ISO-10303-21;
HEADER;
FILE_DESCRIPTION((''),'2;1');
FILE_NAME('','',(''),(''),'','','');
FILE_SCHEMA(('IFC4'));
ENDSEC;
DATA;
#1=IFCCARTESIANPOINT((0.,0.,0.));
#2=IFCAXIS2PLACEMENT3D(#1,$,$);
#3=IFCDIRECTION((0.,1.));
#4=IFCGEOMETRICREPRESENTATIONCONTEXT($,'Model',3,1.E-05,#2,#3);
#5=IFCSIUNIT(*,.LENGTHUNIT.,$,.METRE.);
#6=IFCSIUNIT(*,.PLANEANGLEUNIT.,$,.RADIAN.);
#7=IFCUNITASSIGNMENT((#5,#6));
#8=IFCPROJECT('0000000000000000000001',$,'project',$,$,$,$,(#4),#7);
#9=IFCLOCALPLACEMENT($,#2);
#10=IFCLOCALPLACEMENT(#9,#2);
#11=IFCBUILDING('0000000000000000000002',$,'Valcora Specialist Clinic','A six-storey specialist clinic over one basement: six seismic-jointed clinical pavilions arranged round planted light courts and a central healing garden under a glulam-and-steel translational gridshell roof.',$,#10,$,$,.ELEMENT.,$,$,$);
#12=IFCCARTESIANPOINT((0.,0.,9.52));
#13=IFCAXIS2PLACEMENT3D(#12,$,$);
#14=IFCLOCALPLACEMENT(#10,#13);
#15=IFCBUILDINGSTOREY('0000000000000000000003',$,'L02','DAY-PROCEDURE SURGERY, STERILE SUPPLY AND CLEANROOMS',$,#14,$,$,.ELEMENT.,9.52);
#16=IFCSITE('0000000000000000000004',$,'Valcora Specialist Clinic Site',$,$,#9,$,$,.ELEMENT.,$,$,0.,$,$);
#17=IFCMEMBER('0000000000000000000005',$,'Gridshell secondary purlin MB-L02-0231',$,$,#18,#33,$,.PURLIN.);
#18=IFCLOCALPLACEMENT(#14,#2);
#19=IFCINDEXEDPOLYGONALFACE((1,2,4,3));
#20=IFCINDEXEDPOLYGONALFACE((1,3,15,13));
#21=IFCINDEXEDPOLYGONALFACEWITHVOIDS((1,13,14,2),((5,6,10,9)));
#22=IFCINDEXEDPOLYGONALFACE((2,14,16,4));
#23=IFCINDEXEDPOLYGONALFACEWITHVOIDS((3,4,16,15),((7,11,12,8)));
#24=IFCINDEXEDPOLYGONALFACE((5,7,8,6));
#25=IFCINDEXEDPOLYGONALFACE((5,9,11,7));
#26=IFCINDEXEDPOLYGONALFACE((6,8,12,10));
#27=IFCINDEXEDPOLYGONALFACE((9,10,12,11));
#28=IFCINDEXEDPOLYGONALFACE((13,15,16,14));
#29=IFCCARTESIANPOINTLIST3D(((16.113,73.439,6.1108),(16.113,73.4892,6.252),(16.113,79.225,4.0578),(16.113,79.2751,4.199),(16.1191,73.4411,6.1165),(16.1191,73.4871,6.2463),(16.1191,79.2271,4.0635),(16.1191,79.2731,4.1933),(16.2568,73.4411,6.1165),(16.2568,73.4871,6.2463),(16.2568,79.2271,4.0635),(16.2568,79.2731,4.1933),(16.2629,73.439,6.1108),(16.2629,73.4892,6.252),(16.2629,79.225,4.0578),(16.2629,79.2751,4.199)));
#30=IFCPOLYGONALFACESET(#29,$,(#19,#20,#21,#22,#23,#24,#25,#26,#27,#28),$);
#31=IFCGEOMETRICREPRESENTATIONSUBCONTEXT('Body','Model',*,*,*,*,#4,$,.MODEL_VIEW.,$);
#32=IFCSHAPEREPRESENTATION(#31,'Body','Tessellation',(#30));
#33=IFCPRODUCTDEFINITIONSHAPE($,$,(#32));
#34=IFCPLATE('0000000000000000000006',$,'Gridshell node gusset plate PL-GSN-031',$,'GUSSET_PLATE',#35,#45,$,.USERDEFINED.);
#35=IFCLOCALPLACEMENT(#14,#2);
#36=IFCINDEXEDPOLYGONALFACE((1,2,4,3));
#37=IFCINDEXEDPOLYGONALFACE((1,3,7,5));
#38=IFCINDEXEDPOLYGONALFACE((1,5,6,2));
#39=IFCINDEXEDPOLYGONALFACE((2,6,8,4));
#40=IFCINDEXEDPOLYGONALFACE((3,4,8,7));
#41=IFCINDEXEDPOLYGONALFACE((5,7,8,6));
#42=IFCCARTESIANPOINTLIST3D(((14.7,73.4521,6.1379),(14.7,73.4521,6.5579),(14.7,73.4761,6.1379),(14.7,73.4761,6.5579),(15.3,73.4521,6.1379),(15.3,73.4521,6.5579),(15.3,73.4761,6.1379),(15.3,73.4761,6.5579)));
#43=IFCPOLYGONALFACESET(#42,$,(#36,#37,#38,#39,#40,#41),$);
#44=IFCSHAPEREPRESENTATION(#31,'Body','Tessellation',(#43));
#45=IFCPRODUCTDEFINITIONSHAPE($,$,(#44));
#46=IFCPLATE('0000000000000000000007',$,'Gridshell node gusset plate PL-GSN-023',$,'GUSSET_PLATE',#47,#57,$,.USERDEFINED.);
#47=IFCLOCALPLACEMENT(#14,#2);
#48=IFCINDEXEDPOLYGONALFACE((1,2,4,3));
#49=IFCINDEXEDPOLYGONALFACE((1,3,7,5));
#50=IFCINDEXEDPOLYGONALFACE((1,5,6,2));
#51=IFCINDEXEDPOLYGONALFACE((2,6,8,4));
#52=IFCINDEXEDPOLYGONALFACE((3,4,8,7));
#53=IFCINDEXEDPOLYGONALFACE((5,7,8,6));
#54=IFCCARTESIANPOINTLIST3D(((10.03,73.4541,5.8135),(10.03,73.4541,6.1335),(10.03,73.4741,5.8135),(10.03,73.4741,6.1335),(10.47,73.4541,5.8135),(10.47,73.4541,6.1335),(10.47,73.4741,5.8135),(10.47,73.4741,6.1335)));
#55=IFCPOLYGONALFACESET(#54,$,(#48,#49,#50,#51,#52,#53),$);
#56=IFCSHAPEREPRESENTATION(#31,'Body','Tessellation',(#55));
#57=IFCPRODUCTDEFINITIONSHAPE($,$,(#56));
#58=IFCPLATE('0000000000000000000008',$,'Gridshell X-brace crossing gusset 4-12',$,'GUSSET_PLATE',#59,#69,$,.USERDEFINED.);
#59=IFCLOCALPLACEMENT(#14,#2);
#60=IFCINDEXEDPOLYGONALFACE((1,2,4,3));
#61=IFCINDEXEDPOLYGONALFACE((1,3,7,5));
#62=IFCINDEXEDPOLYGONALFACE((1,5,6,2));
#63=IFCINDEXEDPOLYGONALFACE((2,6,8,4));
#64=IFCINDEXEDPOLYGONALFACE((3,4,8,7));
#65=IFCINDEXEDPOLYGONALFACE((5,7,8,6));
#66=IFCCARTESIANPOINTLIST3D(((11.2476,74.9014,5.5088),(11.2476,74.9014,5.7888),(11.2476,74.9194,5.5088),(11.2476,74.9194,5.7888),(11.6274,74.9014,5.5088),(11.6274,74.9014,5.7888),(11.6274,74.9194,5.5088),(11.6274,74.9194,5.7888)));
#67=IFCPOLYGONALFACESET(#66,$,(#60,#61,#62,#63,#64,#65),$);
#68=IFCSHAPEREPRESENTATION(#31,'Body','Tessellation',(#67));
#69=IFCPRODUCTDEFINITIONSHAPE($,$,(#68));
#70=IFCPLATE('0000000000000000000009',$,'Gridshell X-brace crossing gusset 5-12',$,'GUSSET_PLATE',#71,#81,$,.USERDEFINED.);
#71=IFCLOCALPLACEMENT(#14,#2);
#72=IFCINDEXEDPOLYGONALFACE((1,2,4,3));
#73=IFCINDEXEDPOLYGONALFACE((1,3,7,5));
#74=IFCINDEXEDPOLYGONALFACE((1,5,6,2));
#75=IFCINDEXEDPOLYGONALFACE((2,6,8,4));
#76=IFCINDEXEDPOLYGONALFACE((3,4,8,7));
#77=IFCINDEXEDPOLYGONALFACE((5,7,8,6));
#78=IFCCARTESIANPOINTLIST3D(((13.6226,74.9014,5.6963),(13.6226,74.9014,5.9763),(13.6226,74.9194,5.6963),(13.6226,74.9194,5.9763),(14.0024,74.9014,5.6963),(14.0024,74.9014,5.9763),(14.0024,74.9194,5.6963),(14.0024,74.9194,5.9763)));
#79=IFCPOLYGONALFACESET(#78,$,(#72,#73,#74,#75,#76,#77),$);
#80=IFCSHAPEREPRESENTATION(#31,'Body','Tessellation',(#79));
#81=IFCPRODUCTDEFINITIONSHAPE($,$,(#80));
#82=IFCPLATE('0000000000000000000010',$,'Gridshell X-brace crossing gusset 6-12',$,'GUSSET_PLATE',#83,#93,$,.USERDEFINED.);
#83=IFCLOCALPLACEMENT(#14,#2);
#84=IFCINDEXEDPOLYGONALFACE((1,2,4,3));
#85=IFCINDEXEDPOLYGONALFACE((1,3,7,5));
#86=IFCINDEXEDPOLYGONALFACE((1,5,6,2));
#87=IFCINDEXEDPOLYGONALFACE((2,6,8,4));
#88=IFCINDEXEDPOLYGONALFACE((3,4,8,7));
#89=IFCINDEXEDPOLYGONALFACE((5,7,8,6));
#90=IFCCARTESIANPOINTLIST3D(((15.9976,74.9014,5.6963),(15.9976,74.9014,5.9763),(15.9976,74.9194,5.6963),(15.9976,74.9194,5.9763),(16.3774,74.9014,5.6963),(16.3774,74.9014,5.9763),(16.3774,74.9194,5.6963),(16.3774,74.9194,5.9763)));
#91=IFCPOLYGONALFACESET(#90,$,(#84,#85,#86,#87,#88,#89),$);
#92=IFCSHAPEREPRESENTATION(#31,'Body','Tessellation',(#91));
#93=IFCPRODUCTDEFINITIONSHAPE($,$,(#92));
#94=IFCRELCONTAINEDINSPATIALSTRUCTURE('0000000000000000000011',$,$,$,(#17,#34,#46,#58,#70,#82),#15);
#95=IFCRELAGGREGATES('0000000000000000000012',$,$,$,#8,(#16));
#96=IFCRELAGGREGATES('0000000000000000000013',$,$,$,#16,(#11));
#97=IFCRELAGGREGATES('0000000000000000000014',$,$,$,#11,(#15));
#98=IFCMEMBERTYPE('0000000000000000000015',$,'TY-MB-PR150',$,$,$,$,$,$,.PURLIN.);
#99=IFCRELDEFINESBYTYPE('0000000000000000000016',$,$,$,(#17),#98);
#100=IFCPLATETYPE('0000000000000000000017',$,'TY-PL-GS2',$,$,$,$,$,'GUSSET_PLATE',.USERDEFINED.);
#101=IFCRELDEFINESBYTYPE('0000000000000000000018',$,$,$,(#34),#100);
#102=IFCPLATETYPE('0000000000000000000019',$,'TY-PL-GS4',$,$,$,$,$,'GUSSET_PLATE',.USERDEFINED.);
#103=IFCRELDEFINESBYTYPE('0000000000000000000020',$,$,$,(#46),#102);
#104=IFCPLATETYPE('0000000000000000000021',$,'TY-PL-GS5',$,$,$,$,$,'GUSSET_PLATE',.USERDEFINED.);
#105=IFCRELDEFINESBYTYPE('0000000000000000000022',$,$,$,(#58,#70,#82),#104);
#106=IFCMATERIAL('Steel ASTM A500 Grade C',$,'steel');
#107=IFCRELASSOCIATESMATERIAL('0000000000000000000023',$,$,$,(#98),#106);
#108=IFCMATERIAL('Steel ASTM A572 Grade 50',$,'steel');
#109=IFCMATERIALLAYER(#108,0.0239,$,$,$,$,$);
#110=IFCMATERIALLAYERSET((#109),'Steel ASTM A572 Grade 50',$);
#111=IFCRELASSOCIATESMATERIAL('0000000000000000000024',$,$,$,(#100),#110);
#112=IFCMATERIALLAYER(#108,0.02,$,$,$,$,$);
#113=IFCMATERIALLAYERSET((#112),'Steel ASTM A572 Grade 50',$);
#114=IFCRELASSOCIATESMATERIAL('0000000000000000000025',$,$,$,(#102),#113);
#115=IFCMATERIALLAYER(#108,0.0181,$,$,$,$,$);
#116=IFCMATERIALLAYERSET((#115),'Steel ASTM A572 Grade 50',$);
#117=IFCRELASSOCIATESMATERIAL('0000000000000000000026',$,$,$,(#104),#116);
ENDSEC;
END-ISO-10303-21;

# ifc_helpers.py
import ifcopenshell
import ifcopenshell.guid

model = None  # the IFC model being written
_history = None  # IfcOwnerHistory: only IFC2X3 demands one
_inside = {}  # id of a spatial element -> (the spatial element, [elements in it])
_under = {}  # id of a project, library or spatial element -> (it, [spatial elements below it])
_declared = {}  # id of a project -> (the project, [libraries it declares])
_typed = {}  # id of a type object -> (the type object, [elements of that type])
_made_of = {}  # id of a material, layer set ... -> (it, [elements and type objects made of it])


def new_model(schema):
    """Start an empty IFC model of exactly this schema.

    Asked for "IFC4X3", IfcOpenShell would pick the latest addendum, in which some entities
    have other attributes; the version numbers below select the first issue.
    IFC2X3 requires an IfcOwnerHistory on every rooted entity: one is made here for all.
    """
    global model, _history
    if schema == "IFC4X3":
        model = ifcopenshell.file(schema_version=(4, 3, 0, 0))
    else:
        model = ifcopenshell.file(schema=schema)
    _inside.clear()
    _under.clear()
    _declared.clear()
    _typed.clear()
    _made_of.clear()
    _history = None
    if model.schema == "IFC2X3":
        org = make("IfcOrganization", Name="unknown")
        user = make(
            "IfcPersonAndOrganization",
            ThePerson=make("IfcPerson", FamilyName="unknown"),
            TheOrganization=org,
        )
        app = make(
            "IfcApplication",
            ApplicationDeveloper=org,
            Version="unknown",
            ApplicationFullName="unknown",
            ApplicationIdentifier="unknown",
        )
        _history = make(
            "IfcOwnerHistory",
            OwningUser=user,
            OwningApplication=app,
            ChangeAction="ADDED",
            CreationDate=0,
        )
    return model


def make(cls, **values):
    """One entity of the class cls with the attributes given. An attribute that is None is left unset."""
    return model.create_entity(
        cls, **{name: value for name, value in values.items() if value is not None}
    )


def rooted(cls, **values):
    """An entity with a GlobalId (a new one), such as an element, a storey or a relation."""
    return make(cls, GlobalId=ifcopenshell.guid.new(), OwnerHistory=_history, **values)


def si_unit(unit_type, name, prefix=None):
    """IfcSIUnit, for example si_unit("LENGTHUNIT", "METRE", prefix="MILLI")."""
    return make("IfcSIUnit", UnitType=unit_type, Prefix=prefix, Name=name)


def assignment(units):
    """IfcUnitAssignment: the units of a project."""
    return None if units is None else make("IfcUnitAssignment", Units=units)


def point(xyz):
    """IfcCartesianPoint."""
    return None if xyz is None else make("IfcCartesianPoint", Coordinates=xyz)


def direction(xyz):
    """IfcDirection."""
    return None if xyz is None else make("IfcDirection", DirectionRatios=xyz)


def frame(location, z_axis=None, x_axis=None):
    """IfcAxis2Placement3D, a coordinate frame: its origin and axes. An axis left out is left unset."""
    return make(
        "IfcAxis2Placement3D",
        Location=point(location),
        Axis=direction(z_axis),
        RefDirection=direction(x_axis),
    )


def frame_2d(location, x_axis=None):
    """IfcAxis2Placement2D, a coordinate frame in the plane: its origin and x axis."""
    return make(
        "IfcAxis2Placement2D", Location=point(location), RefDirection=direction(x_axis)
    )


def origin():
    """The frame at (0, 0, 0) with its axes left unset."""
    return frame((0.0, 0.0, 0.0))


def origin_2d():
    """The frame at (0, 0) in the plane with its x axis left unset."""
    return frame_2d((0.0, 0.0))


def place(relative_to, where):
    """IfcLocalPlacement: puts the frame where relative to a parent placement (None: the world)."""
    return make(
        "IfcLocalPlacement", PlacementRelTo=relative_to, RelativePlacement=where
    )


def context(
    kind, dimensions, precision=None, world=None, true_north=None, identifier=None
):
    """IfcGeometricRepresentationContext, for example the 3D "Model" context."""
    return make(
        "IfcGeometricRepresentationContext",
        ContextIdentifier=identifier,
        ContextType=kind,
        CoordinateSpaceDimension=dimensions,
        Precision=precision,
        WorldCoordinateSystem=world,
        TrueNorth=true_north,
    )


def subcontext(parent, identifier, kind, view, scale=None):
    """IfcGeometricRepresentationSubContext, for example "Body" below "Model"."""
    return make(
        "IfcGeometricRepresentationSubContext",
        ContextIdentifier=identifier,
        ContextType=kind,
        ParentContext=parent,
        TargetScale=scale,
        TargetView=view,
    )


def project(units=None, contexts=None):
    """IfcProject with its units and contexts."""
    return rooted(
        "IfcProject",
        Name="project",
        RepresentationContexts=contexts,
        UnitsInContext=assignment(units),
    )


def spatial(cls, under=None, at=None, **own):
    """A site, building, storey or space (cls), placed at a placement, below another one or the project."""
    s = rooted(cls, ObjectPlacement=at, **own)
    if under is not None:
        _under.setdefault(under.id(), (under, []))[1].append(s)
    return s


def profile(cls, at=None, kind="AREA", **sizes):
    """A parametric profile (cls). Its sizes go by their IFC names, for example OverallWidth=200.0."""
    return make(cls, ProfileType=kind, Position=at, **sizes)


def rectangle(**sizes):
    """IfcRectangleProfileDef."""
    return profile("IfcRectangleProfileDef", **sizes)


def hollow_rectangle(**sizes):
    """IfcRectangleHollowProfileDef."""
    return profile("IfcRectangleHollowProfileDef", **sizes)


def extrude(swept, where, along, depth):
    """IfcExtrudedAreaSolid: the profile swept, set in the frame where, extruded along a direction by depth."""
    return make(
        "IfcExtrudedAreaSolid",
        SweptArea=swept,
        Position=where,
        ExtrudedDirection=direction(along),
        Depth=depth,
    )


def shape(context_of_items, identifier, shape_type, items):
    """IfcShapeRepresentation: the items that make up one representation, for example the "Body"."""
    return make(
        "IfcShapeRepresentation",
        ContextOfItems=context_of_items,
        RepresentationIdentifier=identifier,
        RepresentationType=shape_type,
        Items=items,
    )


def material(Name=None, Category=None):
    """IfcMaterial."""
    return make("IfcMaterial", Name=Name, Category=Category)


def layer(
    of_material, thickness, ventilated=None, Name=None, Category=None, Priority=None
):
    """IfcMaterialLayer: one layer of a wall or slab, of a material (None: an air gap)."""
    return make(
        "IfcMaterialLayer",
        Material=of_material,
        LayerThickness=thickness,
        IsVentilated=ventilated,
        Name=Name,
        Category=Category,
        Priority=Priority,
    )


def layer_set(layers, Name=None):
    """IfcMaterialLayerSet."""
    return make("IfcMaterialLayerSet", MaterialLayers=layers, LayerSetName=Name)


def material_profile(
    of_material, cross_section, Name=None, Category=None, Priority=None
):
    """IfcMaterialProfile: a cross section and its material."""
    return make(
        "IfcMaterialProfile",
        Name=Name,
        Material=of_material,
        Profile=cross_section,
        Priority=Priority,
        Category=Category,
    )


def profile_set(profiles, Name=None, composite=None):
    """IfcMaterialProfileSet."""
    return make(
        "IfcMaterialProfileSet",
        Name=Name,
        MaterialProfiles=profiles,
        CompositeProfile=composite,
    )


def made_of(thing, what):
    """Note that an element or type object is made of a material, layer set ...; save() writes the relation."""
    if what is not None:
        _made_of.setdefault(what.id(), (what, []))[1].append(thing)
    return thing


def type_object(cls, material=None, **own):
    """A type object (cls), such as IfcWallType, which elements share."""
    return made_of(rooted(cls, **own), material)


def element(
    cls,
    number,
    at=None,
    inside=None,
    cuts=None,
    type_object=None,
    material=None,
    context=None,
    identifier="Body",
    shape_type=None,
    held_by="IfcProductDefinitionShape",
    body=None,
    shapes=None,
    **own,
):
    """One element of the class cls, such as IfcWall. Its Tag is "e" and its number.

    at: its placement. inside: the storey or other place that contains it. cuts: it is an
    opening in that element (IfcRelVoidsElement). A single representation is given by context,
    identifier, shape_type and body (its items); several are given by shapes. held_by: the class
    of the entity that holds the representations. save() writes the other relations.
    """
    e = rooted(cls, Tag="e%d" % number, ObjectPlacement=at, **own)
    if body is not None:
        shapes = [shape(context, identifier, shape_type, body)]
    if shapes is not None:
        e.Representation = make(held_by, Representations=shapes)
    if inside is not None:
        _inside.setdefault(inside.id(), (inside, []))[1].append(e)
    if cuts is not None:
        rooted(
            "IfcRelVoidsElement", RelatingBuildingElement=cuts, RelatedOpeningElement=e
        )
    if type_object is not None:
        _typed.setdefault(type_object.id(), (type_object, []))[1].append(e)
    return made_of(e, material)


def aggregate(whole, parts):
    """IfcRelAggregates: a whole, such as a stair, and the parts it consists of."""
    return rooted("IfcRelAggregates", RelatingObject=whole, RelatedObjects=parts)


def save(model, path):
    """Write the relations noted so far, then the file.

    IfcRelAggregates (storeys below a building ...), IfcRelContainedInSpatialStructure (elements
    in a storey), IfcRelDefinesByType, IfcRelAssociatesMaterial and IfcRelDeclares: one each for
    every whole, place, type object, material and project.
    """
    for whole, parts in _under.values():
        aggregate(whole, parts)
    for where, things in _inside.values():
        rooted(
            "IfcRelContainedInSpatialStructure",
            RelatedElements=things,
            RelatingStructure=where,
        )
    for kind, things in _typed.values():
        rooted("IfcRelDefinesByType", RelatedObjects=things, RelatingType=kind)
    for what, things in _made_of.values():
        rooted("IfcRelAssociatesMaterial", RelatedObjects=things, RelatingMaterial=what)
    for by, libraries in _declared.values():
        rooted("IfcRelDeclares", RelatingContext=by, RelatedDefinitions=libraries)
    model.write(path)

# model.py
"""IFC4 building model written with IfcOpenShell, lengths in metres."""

from ifc_helpers import new_model, si_unit, direction, frame, origin, origin_2d, place, context, subcontext, project, spatial, rectangle, hollow_rectangle, extrude, material, layer, layer_set, material_profile, profile_set, type_object, element, save


model = new_model("IFC4")

# Units and contexts
model_context = context("Model", 3, precision=1e-05, world=origin(), true_north=direction((0.0, 1.0)))
body_context = subcontext(model_context, "Body", "Model", "MODEL_VIEW")
ifc_project = project(units=[si_unit("LENGTHUNIT", "METRE"), si_unit("PLANEANGLEUNIT", "RADIAN")], contexts=[model_context])

# Site, building, storey
site_placement = place(None, origin())
site = spatial("IfcSite", under=ifc_project, at=site_placement, Name="Valcora Specialist Clinic Site", CompositionType="ELEMENT", RefElevation=0.0)
building_placement = place(site_placement, origin())
building = spatial("IfcBuilding", under=site, at=building_placement, Name="Valcora Specialist Clinic", Description="A six-storey specialist clinic over one basement: six seismic-jointed clinical pavilions arranged round planted light courts and a central healing garden under a glulam-and-steel translational gridshell roof.", CompositionType="ELEMENT")
storey_placement = place(building_placement, frame((0.0, 0.0, 9.52)))
storey = spatial("IfcBuildingStorey", under=building, at=storey_placement, Name="L02", Description="DAY-PROCEDURE SURGERY, STERILE SUPPLY AND CLEANROOMS", CompositionType="ELEMENT", Elevation=9.52)

# Member
ifc_material_1 = material(Name="Steel ASTM A500 Grade C", Category="steel")
ifc_material_profile_1 = material_profile(ifc_material_1, hollow_rectangle(XDim=0.1499, YDim=0.1499, WallThickness=0.0061, at=origin_2d()), Name="ST-RHS-150X150X6")
ifc_profile_set_1 = profile_set([ifc_material_profile_1], Name="Steel ASTM A500 Grade C")
member_type_1 = type_object("IfcMemberType", Name="TY-MB-PR150", PredefinedType="PURLIN", material=ifc_profile_set_1)
for number, where, z_axis, x_axis, name in (
    (1, (16.188, 73.4641, 6.1814), (0.0, 0.942432, -0.334398), (-1.0, 0.0, 0.0), "Gridshell secondary purlin MB-L02-0231"),
):
    element("IfcMember", number, at=place(storey_placement, frame(where, z_axis=z_axis, x_axis=x_axis)), inside=storey, type_object=member_type_1, Name=name, PredefinedType="PURLIN", context=body_context, shape_type="SweptSolid", body=[
        extrude(hollow_rectangle(XDim=0.1499, YDim=0.1499, WallThickness=0.0061, at=origin_2d()), origin(), (0.0, 0.0, 1.0), 6.1394),
    ])

# Plates
ifc_material_2 = material(Name="Steel ASTM A572 Grade 50", Category="steel")
ifc_layer_1 = layer(ifc_material_2, 0.0239)
ifc_layer_set_1 = layer_set([ifc_layer_1], Name="Steel ASTM A572 Grade 50")
plate_type_1 = type_object("IfcPlateType", Name="TY-PL-GS2", ElementType="GUSSET_PLATE", PredefinedType="USERDEFINED", material=ifc_layer_set_1)
plate_1_placement = place(storey_placement, frame((15.0, 73.4641, 6.1379), z_axis=(0.0, 0.0, 1.0), x_axis=(1.0, 0.0, 0.0)))
element("IfcPlate", 2, at=plate_1_placement, inside=storey, type_object=plate_type_1, Name="Gridshell node gusset plate PL-GSN-031", ObjectType="GUSSET_PLATE", PredefinedType="USERDEFINED", context=body_context, shape_type="SweptSolid", body=[
    extrude(rectangle(XDim=0.6001, YDim=0.0239, at=origin_2d()), origin(), (0.0, 0.0, 1.0), 0.4199),
])
ifc_layer_2 = layer(ifc_material_2, 0.02)
ifc_layer_set_2 = layer_set([ifc_layer_2], Name="Steel ASTM A572 Grade 50")
plate_type_2 = type_object("IfcPlateType", Name="TY-PL-GS4", ElementType="GUSSET_PLATE", PredefinedType="USERDEFINED", material=ifc_layer_set_2)
plate_2_placement = place(storey_placement, frame((10.25, 73.4641, 5.8135), z_axis=(0.0, 0.0, 1.0), x_axis=(1.0, 0.0, 0.0)))
element("IfcPlate", 3, at=plate_2_placement, inside=storey, type_object=plate_type_2, Name="Gridshell node gusset plate PL-GSN-023", ObjectType="GUSSET_PLATE", PredefinedType="USERDEFINED", context=body_context, shape_type="SweptSolid", body=[
    extrude(rectangle(XDim=0.4399, YDim=0.02, at=origin_2d()), origin(), (0.0, 0.0, 1.0), 0.3201),
])
ifc_layer_3 = layer(ifc_material_2, 0.0181)
ifc_layer_set_3 = layer_set([ifc_layer_3], Name="Steel ASTM A572 Grade 50")
plate_type_3 = type_object("IfcPlateType", Name="TY-PL-GS5", ElementType="GUSSET_PLATE", PredefinedType="USERDEFINED", material=ifc_layer_set_3)
for number, where, z_axis, x_axis, name in (
    (4, (11.4375, 74.9104, 5.5088), (0.0, 0.0, 1.0), (1.0, 0.0, 0.0), "Gridshell X-brace crossing gusset 4-12"),
    (5, (13.8125, 74.9104, 5.6963), (0.0, 0.0, 1.0), (1.0, 0.0, 0.0), "Gridshell X-brace crossing gusset 5-12"),
    (6, (16.1875, 74.9104, 5.6963), (0.0, 0.0, 1.0), (1.0, 0.0, 0.0), "Gridshell X-brace crossing gusset 6-12"),
):
    element("IfcPlate", number, at=place(storey_placement, frame(where, z_axis=z_axis, x_axis=x_axis)), inside=storey, type_object=plate_type_3, Name=name, ObjectType="GUSSET_PLATE", PredefinedType="USERDEFINED", context=body_context, shape_type="SweptSolid", body=[
        extrude(rectangle(XDim=0.3799, YDim=0.0181, at=origin_2d()), origin(), (0.0, 0.0, 1.0), 0.28),
    ])

save(model, "model.ifc")
